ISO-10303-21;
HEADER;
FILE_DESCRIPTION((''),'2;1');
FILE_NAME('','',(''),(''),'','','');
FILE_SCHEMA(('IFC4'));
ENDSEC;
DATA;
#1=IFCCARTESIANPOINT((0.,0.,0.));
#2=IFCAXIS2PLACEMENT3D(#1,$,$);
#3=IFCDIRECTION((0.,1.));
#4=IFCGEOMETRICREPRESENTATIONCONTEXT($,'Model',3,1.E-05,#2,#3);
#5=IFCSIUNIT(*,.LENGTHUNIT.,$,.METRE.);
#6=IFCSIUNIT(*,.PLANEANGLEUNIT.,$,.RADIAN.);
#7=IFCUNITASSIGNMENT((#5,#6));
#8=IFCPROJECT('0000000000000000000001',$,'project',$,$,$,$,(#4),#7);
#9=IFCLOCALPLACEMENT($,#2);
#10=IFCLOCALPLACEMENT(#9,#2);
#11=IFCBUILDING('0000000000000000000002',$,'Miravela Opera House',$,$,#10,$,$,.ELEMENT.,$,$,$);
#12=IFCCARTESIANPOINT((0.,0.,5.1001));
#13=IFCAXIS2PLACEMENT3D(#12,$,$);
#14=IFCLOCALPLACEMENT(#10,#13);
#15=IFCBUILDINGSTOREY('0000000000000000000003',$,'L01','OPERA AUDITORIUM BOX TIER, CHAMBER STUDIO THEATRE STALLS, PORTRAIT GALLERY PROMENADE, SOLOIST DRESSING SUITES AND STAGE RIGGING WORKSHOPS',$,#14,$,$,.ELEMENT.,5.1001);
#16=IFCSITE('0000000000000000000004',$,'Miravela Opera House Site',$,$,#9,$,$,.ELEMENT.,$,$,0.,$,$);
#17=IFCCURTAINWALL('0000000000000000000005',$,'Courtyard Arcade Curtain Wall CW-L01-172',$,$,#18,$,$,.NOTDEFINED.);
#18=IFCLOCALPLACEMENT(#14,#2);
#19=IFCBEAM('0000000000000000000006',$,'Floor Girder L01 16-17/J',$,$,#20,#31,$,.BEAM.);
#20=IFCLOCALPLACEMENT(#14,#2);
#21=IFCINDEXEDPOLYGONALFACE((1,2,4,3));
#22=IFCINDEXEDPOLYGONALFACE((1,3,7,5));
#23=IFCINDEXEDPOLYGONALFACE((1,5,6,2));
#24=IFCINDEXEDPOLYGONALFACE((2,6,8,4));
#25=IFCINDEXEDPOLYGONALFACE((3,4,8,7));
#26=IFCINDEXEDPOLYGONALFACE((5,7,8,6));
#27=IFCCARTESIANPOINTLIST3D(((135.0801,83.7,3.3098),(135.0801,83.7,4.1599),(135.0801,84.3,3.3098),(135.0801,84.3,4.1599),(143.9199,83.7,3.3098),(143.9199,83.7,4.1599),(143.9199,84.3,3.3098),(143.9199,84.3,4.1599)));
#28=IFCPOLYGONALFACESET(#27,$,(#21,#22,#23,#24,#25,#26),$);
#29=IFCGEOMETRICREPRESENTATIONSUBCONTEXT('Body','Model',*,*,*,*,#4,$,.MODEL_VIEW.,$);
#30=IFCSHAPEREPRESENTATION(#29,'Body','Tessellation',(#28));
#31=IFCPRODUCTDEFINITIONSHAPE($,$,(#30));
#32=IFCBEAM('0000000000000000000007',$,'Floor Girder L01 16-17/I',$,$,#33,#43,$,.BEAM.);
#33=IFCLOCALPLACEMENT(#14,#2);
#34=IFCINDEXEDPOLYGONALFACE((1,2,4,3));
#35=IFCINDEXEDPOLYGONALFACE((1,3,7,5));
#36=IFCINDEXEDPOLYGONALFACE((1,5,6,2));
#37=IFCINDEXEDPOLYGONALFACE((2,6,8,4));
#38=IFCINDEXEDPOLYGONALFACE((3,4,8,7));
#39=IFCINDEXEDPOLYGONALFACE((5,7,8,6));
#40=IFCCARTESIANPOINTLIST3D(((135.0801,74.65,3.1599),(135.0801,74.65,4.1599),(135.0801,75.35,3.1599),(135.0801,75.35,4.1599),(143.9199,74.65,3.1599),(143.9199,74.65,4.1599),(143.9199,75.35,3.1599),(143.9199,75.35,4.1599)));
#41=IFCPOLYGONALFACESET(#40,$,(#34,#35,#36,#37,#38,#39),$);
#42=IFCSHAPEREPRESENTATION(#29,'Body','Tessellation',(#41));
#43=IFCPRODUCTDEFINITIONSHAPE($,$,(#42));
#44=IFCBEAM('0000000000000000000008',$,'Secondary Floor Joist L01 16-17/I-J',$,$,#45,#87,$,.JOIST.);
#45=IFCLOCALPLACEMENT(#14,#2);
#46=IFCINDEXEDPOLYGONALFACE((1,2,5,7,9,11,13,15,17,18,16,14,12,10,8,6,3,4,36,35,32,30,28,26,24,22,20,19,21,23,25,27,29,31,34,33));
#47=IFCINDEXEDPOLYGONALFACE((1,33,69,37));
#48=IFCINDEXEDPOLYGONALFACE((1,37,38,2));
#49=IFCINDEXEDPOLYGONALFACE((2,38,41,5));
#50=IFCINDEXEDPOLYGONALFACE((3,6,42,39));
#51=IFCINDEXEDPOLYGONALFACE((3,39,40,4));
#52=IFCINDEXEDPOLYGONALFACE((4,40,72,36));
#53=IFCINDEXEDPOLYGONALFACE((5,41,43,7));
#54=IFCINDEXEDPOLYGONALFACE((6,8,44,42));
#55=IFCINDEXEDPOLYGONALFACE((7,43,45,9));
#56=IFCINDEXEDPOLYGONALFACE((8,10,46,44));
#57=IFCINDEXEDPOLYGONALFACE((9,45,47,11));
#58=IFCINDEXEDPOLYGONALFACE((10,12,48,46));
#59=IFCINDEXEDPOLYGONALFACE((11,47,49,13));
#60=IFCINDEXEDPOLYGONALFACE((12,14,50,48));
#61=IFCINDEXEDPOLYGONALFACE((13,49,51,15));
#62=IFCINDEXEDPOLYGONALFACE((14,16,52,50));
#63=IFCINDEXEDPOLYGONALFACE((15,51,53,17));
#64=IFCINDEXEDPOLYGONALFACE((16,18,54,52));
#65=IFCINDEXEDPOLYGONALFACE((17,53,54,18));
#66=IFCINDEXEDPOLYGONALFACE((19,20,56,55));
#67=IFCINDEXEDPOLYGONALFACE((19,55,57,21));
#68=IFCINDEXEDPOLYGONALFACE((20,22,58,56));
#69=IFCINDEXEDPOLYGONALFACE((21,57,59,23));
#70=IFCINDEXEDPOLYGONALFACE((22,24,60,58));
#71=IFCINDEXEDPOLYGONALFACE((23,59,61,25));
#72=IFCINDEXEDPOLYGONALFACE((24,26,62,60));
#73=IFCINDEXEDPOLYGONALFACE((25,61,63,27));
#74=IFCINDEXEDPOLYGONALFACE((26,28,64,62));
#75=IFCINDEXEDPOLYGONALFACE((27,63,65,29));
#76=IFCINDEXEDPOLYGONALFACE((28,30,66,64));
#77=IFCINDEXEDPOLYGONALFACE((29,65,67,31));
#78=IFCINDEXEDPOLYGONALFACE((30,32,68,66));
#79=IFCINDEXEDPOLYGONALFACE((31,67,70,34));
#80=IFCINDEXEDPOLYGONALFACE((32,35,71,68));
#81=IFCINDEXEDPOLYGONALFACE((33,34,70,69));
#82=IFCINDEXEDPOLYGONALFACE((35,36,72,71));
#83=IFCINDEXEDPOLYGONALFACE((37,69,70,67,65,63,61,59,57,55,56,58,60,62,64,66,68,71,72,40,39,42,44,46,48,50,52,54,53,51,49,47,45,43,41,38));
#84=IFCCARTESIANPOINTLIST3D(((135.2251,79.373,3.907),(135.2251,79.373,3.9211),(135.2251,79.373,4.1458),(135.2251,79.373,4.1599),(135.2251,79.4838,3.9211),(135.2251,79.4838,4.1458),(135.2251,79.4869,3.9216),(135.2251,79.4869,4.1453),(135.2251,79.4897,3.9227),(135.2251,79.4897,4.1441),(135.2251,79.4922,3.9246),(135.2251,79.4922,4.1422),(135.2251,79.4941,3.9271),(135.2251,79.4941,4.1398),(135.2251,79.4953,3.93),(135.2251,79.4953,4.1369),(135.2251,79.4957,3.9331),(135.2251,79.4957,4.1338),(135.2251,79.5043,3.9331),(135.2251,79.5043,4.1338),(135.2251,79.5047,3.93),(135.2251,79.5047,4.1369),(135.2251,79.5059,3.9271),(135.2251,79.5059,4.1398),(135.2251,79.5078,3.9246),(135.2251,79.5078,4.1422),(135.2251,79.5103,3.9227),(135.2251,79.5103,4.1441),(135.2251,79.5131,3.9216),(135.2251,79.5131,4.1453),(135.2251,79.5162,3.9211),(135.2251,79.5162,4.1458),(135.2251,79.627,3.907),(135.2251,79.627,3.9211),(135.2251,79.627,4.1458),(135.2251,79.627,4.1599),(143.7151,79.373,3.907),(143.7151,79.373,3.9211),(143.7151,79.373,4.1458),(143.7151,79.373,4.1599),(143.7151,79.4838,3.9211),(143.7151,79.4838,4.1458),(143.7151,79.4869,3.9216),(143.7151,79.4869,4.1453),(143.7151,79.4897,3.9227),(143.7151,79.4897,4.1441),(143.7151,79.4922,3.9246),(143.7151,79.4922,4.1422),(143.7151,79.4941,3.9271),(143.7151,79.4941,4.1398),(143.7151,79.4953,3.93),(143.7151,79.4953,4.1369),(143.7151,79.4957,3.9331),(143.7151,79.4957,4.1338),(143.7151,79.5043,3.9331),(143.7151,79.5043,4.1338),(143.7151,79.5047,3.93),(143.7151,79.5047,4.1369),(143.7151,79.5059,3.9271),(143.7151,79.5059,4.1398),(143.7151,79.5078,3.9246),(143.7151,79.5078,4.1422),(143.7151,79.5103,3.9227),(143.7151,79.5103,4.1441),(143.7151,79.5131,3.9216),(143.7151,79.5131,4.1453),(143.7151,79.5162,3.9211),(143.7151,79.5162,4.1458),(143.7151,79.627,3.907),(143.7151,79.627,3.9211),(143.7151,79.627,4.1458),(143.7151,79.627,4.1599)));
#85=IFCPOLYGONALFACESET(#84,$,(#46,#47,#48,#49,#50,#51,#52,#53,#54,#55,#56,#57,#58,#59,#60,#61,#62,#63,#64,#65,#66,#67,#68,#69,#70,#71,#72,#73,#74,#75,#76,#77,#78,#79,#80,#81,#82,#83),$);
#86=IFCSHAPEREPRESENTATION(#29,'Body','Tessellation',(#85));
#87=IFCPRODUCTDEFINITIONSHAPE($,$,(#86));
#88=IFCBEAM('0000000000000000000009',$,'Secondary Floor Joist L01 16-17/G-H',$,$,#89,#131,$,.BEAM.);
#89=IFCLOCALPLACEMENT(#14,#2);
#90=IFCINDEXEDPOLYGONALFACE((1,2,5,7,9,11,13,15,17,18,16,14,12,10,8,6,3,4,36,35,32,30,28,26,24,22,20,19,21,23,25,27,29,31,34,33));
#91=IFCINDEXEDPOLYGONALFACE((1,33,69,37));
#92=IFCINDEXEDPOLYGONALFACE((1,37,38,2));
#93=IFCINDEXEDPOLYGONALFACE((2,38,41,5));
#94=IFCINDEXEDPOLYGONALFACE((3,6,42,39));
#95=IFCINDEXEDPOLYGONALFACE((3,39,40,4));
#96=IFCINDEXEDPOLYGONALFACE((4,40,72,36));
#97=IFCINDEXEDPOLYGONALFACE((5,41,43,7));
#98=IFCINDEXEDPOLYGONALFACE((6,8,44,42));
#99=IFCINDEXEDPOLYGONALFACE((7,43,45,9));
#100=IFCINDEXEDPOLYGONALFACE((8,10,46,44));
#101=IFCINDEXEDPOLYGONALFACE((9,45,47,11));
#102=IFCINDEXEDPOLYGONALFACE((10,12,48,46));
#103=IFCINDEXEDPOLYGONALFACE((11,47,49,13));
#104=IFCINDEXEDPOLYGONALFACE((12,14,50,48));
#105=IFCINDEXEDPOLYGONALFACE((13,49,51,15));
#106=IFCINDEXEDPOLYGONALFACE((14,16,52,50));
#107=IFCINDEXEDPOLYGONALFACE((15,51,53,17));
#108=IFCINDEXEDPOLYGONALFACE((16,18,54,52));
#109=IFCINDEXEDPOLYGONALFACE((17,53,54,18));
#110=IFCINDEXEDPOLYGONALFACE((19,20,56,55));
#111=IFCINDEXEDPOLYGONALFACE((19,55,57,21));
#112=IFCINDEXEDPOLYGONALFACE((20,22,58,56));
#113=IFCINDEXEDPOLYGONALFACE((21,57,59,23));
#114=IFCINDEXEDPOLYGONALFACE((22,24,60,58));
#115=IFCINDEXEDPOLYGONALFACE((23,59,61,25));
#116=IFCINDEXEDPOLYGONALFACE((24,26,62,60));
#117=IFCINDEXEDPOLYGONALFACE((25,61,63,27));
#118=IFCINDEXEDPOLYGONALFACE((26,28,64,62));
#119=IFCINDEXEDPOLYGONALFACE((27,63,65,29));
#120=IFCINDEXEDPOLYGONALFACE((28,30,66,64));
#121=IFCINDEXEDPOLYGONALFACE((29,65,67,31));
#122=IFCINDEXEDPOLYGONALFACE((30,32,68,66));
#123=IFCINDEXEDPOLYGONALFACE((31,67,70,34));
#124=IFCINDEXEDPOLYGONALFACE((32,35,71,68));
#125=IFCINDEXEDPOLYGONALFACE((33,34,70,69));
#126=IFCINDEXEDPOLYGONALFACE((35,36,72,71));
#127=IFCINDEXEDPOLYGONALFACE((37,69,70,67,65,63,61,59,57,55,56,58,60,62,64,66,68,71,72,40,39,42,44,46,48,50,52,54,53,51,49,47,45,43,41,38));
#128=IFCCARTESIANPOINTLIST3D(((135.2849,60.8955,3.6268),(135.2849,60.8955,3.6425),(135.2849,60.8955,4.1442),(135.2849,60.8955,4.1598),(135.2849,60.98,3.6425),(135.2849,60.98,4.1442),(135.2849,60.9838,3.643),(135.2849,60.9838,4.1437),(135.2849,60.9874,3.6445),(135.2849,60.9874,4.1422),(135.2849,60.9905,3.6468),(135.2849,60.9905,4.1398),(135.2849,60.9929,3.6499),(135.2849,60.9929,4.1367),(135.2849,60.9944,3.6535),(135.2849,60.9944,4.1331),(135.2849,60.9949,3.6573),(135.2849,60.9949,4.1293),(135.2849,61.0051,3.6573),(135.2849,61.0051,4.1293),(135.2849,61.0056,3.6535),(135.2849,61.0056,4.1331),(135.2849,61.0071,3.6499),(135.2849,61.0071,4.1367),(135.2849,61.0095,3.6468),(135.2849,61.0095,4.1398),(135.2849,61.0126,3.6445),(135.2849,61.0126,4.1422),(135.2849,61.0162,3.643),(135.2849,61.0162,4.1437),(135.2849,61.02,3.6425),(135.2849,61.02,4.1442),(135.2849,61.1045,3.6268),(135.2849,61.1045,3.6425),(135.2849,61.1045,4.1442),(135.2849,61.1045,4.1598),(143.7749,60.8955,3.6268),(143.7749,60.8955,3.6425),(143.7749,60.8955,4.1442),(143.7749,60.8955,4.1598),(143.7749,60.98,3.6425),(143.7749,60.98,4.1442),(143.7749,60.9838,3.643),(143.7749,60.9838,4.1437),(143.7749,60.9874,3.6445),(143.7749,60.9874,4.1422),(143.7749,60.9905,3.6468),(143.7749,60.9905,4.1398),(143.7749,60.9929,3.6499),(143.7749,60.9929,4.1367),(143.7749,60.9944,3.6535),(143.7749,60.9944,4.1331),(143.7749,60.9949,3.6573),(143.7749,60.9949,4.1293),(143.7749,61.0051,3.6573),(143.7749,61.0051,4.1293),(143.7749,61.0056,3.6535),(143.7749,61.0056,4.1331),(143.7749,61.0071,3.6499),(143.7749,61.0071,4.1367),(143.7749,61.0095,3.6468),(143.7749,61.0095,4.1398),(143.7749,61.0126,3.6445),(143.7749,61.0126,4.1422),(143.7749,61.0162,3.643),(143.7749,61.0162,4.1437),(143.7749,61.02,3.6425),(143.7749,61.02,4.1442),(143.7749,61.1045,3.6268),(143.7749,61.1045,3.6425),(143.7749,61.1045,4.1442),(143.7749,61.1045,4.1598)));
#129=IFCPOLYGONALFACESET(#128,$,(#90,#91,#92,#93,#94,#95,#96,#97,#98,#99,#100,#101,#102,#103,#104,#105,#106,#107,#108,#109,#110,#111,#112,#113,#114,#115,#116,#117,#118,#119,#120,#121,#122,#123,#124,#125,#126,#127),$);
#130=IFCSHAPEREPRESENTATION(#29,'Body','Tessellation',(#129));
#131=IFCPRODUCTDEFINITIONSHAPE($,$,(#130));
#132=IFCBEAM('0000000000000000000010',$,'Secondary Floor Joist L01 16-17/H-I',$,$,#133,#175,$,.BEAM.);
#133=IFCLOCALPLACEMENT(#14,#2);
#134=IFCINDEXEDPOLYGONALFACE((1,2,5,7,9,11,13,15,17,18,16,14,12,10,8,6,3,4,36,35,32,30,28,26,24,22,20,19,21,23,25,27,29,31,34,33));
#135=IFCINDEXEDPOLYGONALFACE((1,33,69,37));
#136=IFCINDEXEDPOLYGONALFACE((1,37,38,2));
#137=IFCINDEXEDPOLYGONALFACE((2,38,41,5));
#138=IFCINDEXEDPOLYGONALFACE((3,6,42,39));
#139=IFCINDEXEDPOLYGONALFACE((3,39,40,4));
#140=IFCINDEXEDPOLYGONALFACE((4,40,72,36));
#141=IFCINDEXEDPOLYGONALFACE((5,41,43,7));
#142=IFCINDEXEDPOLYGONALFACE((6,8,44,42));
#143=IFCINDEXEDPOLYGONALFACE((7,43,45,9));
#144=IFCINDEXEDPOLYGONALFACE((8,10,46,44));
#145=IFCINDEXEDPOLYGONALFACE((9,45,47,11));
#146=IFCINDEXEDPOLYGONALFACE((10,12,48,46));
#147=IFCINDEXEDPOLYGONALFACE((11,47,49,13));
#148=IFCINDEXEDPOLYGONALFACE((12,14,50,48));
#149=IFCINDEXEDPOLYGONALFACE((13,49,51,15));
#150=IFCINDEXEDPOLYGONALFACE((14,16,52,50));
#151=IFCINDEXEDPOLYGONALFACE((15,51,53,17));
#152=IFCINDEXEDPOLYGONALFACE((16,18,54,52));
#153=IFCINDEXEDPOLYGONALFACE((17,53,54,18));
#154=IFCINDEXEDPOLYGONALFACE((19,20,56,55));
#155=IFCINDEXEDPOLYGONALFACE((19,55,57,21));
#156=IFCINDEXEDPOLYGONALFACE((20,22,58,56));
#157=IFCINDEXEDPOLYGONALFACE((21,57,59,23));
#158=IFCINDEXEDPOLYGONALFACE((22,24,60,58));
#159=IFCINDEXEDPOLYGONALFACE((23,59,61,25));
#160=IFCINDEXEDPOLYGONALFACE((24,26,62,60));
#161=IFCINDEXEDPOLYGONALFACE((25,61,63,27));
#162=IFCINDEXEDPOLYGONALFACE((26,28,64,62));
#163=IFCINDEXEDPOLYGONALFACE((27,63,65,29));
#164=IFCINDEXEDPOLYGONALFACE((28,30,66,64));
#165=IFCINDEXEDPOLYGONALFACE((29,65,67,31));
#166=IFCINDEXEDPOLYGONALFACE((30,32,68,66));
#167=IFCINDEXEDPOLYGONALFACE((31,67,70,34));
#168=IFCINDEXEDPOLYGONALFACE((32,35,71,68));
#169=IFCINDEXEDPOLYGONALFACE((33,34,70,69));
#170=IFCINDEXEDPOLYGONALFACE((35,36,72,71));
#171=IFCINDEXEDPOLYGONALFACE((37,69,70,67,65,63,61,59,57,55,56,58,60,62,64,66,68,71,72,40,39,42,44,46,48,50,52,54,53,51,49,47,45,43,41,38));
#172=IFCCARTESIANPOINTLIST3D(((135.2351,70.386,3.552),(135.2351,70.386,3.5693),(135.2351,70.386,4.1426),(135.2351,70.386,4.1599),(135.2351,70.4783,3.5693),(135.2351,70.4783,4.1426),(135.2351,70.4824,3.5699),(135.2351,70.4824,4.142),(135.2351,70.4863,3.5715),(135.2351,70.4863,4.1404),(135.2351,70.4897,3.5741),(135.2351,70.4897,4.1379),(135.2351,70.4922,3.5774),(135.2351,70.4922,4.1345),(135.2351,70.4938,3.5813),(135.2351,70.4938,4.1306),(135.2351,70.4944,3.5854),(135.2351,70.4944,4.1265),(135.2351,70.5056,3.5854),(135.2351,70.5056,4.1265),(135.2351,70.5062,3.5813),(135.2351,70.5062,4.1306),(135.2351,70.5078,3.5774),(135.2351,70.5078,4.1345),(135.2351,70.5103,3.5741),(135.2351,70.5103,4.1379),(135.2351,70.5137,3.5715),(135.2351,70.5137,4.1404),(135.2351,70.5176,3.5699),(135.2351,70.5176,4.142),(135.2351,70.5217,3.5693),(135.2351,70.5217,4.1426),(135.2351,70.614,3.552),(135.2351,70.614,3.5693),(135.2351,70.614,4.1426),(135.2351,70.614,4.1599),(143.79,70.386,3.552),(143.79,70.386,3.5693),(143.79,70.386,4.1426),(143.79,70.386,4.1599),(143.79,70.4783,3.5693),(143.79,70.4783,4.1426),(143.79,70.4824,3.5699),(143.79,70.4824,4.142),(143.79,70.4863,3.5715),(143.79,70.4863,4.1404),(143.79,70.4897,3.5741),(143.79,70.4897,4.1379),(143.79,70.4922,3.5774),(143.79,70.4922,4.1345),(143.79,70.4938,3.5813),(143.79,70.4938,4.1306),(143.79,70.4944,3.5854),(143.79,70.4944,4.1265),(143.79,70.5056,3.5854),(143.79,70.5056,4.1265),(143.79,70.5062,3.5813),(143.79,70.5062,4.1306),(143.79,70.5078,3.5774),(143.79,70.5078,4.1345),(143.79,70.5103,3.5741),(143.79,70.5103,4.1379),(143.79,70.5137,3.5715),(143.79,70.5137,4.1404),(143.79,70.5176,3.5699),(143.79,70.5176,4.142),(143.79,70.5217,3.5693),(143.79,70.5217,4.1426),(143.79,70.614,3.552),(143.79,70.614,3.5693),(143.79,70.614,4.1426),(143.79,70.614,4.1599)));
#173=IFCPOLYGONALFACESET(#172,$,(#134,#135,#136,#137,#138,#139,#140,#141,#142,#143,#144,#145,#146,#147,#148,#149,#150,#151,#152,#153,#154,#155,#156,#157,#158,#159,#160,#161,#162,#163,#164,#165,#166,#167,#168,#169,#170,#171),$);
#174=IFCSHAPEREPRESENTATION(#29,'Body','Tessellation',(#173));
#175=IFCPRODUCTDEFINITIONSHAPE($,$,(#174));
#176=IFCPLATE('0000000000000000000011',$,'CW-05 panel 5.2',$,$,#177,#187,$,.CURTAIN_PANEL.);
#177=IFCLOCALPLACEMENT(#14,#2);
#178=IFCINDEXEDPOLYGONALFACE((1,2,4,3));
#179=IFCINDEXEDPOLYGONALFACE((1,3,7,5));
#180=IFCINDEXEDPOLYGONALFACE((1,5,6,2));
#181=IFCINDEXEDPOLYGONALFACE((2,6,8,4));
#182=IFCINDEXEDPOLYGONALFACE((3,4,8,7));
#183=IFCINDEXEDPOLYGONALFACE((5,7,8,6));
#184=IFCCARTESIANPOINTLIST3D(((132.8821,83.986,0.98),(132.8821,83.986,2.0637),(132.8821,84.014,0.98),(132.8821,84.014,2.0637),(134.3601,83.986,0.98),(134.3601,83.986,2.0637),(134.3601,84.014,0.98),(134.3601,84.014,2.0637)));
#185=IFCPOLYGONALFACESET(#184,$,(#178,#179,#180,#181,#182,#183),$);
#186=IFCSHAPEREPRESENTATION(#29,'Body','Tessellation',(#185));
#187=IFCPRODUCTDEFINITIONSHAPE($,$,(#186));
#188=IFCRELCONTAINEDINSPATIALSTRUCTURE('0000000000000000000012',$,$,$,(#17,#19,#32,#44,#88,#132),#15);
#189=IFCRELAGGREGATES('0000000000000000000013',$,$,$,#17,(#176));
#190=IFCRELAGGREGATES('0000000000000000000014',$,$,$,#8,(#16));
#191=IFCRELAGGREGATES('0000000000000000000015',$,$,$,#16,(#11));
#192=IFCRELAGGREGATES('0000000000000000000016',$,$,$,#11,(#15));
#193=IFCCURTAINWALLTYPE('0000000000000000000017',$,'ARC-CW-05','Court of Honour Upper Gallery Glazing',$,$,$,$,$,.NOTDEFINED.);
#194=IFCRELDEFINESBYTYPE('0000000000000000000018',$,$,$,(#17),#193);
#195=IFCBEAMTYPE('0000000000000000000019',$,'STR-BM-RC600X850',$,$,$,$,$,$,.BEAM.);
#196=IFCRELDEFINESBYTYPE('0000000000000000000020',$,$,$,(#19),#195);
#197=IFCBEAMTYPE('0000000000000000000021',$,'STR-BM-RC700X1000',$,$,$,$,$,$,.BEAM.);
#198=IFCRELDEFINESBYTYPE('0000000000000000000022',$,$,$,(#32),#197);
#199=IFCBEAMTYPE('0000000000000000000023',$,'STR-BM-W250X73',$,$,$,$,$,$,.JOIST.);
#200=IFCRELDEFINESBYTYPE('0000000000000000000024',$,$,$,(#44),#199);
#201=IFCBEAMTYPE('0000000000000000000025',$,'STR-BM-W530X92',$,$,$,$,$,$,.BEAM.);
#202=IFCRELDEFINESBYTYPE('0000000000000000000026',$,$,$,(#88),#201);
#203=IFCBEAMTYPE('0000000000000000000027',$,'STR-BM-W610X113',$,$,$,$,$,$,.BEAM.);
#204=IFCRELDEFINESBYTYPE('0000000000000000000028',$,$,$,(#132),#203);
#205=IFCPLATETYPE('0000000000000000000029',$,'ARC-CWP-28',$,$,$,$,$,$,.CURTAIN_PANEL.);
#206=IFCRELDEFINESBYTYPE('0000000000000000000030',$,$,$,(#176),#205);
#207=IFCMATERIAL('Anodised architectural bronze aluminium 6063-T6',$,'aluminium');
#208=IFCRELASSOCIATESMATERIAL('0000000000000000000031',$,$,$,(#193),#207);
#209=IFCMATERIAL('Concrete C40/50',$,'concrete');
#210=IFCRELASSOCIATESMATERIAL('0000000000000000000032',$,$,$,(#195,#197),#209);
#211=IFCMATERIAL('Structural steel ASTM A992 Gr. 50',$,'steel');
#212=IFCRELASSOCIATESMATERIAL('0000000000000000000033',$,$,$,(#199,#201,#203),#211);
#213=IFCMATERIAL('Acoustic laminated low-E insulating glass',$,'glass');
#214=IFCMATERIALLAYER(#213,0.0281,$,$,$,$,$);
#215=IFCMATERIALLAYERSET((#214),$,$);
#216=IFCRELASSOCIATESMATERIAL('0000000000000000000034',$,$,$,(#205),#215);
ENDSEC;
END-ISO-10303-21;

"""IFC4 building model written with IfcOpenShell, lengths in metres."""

from ifc_helpers import new_model, si_unit, direction, frame, origin, origin_2d, place, context, subcontext, project, spatial, rectangle, i_section, extrude, material, layer, layer_set, material_profile, profile_set, type_object, element, aggregate, save


model = new_model("IFC4")

# Units and contexts
model_context = context("Model", 3, precision=1e-05, world=origin(), true_north=direction((0.0, 1.0)))
body_context = subcontext(model_context, "Body", "Model", "MODEL_VIEW")
ifc_project = project(units=[si_unit("LENGTHUNIT", "METRE"), si_unit("PLANEANGLEUNIT", "RADIAN")], contexts=[model_context])

# Site, building, storey
site_placement = place(None, origin())
site = spatial("IfcSite", under=ifc_project, at=site_placement, Name="Miravela Opera House Site", CompositionType="ELEMENT", RefElevation=0.0)
building_placement = place(site_placement, origin())
building = spatial("IfcBuilding", under=site, at=building_placement, Name="Miravela Opera House", CompositionType="ELEMENT")
storey_placement = place(building_placement, frame((0.0, 0.0, 5.1001)))
storey = spatial("IfcBuildingStorey", under=building, at=storey_placement, Name="L01", Description="OPERA AUDITORIUM BOX TIER, CHAMBER STUDIO THEATRE STALLS, PORTRAIT GALLERY PROMENADE, SOLOIST DRESSING SUITES AND STAGE RIGGING WORKSHOPS", CompositionType="ELEMENT", Elevation=5.1001)

# Shared definitions
ifc_material_1 = material(Name="Concrete C40/50", Category="concrete")

# Curtain wall
ifc_material_2 = material(Name="Anodised architectural bronze aluminium 6063-T6", Category="aluminium")
curtain_wall_type = type_object("IfcCurtainWallType", Name="ARC-CW-05", Description="Court of Honour Upper Gallery Glazing", PredefinedType="NOTDEFINED", material=ifc_material_2)
curtain_wall_1_placement = place(storey_placement, origin())
curtain_wall_1 = element("IfcCurtainWall", 1, at=curtain_wall_1_placement, inside=storey, type_object=curtain_wall_type, Name="Courtyard Arcade Curtain Wall CW-L01-172", PredefinedType="NOTDEFINED")

# Beams
ifc_material_profile_1 = material_profile(ifc_material_1, rectangle(XDim=0.6001, YDim=0.8501, at=origin_2d()), Name="RC-BM-600X850")
ifc_profile_set_1 = profile_set([ifc_material_profile_1])
beam_type_1 = type_object("IfcBeamType", Name="STR-BM-RC600X850", PredefinedType="BEAM", material=ifc_profile_set_1)
beam_1_placement = place(storey_placement, frame((135.0801, 84.0, 3.7349), z_axis=(1.0, 0.0, 0.0), x_axis=(0.0, 1.0, 0.0)))
element("IfcBeam", 2, at=beam_1_placement, inside=storey, type_object=beam_type_1, Name="Floor Girder L01 16-17/J", PredefinedType="BEAM", context=body_context, shape_type="SweptSolid", body=[
    extrude(rectangle(XDim=0.6001, YDim=0.8501, at=origin_2d()), origin(), (0.0, 0.0, 1.0), 8.8398),
])
ifc_material_profile_2 = material_profile(ifc_material_1, rectangle(XDim=0.7, YDim=1.0, at=origin_2d()), Name="RC-BM-700X1000")
ifc_profile_set_2 = profile_set([ifc_material_profile_2])
beam_type_2 = type_object("IfcBeamType", Name="STR-BM-RC700X1000", PredefinedType="BEAM", material=ifc_profile_set_2)
beam_2_placement = place(storey_placement, frame((135.0801, 75.0, 3.6599), z_axis=(1.0, 0.0, 0.0), x_axis=(0.0, 1.0, 0.0)))
element("IfcBeam", 3, at=beam_2_placement, inside=storey, type_object=beam_type_2, Name="Floor Girder L01 16-17/I", PredefinedType="BEAM", context=body_context, shape_type="SweptSolid", body=[
    extrude(rectangle(XDim=0.7, YDim=1.0, at=origin_2d()), origin(), (0.0, 0.0, 1.0), 8.8398),
])
ifc_material_3 = material(Name="Structural steel ASTM A992 Gr. 50", Category="steel")
ifc_material_profile_3 = material_profile(ifc_material_3, i_section(OverallWidth=0.2539, OverallDepth=0.2529, WebThickness=0.0085, FlangeThickness=0.0142, FilletRadius=0.012, at=origin_2d()), Name="W250X73")
ifc_profile_set_3 = profile_set([ifc_material_profile_3])
beam_type_3 = type_object("IfcBeamType", Name="STR-BM-W250X73", PredefinedType="JOIST", material=ifc_profile_set_3)
beam_3_placement = place(storey_placement, frame((135.2251, 79.5, 4.0334), z_axis=(1.0, 0.0, 0.0), x_axis=(0.0, 1.0, 0.0)))
element("IfcBeam", 4, at=beam_3_placement, inside=storey, type_object=beam_type_3, Name="Secondary Floor Joist L01 16-17/I-J", PredefinedType="JOIST", context=body_context, shape_type="SweptSolid", body=[
    extrude(i_section(OverallWidth=0.2539, OverallDepth=0.2529, WebThickness=0.0085, FlangeThickness=0.0142, FilletRadius=0.012, at=origin_2d()), origin(), (0.0, 0.0, 1.0), 8.49),
])
ifc_material_profile_4 = material_profile(ifc_material_3, i_section(OverallWidth=0.209, OverallDepth=0.533, WebThickness=0.0103, FlangeThickness=0.0156, FilletRadius=0.0149, at=origin_2d()), Name="W530X92")
ifc_profile_set_4 = profile_set([ifc_material_profile_4])
beam_type_4 = type_object("IfcBeamType", Name="STR-BM-W530X92", PredefinedType="BEAM", material=ifc_profile_set_4)
beam_4_placement = place(storey_placement, frame((135.2849, 61.0, 3.8933), z_axis=(1.0, 0.0, 0.0), x_axis=(0.0, 1.0, 0.0)))
element("IfcBeam", 5, at=beam_4_placement, inside=storey, type_object=beam_type_4, Name="Secondary Floor Joist L01 16-17/G-H", PredefinedType="BEAM", context=body_context, shape_type="SweptSolid", body=[
    extrude(i_section(OverallWidth=0.209, OverallDepth=0.533, WebThickness=0.0103, FlangeThickness=0.0156, FilletRadius=0.0149, at=origin_2d()), origin(), (0.0, 0.0, 1.0), 8.49),
])
ifc_material_profile_5 = material_profile(ifc_material_3, i_section(OverallWidth=0.228, OverallDepth=0.6079, WebThickness=0.0112, FlangeThickness=0.0173, FilletRadius=0.0161, at=origin_2d()), Name="W610X113")
ifc_profile_set_5 = profile_set([ifc_material_profile_5])
beam_type_5 = type_object("IfcBeamType", Name="STR-BM-W610X113", PredefinedType="BEAM", material=ifc_profile_set_5)
beam_5_placement = place(storey_placement, frame((135.2351, 70.5, 3.856), z_axis=(1.0, 0.0, 0.0), x_axis=(0.0, 1.0, 0.0)))
element("IfcBeam", 6, at=beam_5_placement, inside=storey, type_object=beam_type_5, Name="Secondary Floor Joist L01 16-17/H-I", PredefinedType="BEAM", context=body_context, shape_type="SweptSolid", body=[
    extrude(i_section(OverallWidth=0.228, OverallDepth=0.6079, WebThickness=0.0112, FlangeThickness=0.0173, FilletRadius=0.0161, at=origin_2d()), origin(), (0.0, 0.0, 1.0), 8.5549),
])

# Plate
ifc_material_4 = material(Name="Acoustic laminated low-E insulating glass", Category="glass")
ifc_layer_1 = layer(ifc_material_4, 0.0281)
ifc_layer_set_1 = layer_set([ifc_layer_1])
plate_type = type_object("IfcPlateType", Name="ARC-CWP-28", PredefinedType="CURTAIN_PANEL", material=ifc_layer_set_1)
plate_1_placement = place(storey_placement, frame((133.6211, 84.0, 0.98), z_axis=(0.0, 0.0, 1.0), x_axis=(1.0, 0.0, 0.0)))
plate_1 = element("IfcPlate", 7, at=plate_1_placement, type_object=plate_type, Name="CW-05 panel 5.2", PredefinedType="CURTAIN_PANEL", context=body_context, shape_type="SweptSolid", body=[
    extrude(rectangle(XDim=1.478, YDim=0.0281, at=origin_2d()), origin(), (0.0, 0.0, 1.0), 1.0837),
])
aggregate(curtain_wall_1, [plate_1])

save(model, "model.ifc")
